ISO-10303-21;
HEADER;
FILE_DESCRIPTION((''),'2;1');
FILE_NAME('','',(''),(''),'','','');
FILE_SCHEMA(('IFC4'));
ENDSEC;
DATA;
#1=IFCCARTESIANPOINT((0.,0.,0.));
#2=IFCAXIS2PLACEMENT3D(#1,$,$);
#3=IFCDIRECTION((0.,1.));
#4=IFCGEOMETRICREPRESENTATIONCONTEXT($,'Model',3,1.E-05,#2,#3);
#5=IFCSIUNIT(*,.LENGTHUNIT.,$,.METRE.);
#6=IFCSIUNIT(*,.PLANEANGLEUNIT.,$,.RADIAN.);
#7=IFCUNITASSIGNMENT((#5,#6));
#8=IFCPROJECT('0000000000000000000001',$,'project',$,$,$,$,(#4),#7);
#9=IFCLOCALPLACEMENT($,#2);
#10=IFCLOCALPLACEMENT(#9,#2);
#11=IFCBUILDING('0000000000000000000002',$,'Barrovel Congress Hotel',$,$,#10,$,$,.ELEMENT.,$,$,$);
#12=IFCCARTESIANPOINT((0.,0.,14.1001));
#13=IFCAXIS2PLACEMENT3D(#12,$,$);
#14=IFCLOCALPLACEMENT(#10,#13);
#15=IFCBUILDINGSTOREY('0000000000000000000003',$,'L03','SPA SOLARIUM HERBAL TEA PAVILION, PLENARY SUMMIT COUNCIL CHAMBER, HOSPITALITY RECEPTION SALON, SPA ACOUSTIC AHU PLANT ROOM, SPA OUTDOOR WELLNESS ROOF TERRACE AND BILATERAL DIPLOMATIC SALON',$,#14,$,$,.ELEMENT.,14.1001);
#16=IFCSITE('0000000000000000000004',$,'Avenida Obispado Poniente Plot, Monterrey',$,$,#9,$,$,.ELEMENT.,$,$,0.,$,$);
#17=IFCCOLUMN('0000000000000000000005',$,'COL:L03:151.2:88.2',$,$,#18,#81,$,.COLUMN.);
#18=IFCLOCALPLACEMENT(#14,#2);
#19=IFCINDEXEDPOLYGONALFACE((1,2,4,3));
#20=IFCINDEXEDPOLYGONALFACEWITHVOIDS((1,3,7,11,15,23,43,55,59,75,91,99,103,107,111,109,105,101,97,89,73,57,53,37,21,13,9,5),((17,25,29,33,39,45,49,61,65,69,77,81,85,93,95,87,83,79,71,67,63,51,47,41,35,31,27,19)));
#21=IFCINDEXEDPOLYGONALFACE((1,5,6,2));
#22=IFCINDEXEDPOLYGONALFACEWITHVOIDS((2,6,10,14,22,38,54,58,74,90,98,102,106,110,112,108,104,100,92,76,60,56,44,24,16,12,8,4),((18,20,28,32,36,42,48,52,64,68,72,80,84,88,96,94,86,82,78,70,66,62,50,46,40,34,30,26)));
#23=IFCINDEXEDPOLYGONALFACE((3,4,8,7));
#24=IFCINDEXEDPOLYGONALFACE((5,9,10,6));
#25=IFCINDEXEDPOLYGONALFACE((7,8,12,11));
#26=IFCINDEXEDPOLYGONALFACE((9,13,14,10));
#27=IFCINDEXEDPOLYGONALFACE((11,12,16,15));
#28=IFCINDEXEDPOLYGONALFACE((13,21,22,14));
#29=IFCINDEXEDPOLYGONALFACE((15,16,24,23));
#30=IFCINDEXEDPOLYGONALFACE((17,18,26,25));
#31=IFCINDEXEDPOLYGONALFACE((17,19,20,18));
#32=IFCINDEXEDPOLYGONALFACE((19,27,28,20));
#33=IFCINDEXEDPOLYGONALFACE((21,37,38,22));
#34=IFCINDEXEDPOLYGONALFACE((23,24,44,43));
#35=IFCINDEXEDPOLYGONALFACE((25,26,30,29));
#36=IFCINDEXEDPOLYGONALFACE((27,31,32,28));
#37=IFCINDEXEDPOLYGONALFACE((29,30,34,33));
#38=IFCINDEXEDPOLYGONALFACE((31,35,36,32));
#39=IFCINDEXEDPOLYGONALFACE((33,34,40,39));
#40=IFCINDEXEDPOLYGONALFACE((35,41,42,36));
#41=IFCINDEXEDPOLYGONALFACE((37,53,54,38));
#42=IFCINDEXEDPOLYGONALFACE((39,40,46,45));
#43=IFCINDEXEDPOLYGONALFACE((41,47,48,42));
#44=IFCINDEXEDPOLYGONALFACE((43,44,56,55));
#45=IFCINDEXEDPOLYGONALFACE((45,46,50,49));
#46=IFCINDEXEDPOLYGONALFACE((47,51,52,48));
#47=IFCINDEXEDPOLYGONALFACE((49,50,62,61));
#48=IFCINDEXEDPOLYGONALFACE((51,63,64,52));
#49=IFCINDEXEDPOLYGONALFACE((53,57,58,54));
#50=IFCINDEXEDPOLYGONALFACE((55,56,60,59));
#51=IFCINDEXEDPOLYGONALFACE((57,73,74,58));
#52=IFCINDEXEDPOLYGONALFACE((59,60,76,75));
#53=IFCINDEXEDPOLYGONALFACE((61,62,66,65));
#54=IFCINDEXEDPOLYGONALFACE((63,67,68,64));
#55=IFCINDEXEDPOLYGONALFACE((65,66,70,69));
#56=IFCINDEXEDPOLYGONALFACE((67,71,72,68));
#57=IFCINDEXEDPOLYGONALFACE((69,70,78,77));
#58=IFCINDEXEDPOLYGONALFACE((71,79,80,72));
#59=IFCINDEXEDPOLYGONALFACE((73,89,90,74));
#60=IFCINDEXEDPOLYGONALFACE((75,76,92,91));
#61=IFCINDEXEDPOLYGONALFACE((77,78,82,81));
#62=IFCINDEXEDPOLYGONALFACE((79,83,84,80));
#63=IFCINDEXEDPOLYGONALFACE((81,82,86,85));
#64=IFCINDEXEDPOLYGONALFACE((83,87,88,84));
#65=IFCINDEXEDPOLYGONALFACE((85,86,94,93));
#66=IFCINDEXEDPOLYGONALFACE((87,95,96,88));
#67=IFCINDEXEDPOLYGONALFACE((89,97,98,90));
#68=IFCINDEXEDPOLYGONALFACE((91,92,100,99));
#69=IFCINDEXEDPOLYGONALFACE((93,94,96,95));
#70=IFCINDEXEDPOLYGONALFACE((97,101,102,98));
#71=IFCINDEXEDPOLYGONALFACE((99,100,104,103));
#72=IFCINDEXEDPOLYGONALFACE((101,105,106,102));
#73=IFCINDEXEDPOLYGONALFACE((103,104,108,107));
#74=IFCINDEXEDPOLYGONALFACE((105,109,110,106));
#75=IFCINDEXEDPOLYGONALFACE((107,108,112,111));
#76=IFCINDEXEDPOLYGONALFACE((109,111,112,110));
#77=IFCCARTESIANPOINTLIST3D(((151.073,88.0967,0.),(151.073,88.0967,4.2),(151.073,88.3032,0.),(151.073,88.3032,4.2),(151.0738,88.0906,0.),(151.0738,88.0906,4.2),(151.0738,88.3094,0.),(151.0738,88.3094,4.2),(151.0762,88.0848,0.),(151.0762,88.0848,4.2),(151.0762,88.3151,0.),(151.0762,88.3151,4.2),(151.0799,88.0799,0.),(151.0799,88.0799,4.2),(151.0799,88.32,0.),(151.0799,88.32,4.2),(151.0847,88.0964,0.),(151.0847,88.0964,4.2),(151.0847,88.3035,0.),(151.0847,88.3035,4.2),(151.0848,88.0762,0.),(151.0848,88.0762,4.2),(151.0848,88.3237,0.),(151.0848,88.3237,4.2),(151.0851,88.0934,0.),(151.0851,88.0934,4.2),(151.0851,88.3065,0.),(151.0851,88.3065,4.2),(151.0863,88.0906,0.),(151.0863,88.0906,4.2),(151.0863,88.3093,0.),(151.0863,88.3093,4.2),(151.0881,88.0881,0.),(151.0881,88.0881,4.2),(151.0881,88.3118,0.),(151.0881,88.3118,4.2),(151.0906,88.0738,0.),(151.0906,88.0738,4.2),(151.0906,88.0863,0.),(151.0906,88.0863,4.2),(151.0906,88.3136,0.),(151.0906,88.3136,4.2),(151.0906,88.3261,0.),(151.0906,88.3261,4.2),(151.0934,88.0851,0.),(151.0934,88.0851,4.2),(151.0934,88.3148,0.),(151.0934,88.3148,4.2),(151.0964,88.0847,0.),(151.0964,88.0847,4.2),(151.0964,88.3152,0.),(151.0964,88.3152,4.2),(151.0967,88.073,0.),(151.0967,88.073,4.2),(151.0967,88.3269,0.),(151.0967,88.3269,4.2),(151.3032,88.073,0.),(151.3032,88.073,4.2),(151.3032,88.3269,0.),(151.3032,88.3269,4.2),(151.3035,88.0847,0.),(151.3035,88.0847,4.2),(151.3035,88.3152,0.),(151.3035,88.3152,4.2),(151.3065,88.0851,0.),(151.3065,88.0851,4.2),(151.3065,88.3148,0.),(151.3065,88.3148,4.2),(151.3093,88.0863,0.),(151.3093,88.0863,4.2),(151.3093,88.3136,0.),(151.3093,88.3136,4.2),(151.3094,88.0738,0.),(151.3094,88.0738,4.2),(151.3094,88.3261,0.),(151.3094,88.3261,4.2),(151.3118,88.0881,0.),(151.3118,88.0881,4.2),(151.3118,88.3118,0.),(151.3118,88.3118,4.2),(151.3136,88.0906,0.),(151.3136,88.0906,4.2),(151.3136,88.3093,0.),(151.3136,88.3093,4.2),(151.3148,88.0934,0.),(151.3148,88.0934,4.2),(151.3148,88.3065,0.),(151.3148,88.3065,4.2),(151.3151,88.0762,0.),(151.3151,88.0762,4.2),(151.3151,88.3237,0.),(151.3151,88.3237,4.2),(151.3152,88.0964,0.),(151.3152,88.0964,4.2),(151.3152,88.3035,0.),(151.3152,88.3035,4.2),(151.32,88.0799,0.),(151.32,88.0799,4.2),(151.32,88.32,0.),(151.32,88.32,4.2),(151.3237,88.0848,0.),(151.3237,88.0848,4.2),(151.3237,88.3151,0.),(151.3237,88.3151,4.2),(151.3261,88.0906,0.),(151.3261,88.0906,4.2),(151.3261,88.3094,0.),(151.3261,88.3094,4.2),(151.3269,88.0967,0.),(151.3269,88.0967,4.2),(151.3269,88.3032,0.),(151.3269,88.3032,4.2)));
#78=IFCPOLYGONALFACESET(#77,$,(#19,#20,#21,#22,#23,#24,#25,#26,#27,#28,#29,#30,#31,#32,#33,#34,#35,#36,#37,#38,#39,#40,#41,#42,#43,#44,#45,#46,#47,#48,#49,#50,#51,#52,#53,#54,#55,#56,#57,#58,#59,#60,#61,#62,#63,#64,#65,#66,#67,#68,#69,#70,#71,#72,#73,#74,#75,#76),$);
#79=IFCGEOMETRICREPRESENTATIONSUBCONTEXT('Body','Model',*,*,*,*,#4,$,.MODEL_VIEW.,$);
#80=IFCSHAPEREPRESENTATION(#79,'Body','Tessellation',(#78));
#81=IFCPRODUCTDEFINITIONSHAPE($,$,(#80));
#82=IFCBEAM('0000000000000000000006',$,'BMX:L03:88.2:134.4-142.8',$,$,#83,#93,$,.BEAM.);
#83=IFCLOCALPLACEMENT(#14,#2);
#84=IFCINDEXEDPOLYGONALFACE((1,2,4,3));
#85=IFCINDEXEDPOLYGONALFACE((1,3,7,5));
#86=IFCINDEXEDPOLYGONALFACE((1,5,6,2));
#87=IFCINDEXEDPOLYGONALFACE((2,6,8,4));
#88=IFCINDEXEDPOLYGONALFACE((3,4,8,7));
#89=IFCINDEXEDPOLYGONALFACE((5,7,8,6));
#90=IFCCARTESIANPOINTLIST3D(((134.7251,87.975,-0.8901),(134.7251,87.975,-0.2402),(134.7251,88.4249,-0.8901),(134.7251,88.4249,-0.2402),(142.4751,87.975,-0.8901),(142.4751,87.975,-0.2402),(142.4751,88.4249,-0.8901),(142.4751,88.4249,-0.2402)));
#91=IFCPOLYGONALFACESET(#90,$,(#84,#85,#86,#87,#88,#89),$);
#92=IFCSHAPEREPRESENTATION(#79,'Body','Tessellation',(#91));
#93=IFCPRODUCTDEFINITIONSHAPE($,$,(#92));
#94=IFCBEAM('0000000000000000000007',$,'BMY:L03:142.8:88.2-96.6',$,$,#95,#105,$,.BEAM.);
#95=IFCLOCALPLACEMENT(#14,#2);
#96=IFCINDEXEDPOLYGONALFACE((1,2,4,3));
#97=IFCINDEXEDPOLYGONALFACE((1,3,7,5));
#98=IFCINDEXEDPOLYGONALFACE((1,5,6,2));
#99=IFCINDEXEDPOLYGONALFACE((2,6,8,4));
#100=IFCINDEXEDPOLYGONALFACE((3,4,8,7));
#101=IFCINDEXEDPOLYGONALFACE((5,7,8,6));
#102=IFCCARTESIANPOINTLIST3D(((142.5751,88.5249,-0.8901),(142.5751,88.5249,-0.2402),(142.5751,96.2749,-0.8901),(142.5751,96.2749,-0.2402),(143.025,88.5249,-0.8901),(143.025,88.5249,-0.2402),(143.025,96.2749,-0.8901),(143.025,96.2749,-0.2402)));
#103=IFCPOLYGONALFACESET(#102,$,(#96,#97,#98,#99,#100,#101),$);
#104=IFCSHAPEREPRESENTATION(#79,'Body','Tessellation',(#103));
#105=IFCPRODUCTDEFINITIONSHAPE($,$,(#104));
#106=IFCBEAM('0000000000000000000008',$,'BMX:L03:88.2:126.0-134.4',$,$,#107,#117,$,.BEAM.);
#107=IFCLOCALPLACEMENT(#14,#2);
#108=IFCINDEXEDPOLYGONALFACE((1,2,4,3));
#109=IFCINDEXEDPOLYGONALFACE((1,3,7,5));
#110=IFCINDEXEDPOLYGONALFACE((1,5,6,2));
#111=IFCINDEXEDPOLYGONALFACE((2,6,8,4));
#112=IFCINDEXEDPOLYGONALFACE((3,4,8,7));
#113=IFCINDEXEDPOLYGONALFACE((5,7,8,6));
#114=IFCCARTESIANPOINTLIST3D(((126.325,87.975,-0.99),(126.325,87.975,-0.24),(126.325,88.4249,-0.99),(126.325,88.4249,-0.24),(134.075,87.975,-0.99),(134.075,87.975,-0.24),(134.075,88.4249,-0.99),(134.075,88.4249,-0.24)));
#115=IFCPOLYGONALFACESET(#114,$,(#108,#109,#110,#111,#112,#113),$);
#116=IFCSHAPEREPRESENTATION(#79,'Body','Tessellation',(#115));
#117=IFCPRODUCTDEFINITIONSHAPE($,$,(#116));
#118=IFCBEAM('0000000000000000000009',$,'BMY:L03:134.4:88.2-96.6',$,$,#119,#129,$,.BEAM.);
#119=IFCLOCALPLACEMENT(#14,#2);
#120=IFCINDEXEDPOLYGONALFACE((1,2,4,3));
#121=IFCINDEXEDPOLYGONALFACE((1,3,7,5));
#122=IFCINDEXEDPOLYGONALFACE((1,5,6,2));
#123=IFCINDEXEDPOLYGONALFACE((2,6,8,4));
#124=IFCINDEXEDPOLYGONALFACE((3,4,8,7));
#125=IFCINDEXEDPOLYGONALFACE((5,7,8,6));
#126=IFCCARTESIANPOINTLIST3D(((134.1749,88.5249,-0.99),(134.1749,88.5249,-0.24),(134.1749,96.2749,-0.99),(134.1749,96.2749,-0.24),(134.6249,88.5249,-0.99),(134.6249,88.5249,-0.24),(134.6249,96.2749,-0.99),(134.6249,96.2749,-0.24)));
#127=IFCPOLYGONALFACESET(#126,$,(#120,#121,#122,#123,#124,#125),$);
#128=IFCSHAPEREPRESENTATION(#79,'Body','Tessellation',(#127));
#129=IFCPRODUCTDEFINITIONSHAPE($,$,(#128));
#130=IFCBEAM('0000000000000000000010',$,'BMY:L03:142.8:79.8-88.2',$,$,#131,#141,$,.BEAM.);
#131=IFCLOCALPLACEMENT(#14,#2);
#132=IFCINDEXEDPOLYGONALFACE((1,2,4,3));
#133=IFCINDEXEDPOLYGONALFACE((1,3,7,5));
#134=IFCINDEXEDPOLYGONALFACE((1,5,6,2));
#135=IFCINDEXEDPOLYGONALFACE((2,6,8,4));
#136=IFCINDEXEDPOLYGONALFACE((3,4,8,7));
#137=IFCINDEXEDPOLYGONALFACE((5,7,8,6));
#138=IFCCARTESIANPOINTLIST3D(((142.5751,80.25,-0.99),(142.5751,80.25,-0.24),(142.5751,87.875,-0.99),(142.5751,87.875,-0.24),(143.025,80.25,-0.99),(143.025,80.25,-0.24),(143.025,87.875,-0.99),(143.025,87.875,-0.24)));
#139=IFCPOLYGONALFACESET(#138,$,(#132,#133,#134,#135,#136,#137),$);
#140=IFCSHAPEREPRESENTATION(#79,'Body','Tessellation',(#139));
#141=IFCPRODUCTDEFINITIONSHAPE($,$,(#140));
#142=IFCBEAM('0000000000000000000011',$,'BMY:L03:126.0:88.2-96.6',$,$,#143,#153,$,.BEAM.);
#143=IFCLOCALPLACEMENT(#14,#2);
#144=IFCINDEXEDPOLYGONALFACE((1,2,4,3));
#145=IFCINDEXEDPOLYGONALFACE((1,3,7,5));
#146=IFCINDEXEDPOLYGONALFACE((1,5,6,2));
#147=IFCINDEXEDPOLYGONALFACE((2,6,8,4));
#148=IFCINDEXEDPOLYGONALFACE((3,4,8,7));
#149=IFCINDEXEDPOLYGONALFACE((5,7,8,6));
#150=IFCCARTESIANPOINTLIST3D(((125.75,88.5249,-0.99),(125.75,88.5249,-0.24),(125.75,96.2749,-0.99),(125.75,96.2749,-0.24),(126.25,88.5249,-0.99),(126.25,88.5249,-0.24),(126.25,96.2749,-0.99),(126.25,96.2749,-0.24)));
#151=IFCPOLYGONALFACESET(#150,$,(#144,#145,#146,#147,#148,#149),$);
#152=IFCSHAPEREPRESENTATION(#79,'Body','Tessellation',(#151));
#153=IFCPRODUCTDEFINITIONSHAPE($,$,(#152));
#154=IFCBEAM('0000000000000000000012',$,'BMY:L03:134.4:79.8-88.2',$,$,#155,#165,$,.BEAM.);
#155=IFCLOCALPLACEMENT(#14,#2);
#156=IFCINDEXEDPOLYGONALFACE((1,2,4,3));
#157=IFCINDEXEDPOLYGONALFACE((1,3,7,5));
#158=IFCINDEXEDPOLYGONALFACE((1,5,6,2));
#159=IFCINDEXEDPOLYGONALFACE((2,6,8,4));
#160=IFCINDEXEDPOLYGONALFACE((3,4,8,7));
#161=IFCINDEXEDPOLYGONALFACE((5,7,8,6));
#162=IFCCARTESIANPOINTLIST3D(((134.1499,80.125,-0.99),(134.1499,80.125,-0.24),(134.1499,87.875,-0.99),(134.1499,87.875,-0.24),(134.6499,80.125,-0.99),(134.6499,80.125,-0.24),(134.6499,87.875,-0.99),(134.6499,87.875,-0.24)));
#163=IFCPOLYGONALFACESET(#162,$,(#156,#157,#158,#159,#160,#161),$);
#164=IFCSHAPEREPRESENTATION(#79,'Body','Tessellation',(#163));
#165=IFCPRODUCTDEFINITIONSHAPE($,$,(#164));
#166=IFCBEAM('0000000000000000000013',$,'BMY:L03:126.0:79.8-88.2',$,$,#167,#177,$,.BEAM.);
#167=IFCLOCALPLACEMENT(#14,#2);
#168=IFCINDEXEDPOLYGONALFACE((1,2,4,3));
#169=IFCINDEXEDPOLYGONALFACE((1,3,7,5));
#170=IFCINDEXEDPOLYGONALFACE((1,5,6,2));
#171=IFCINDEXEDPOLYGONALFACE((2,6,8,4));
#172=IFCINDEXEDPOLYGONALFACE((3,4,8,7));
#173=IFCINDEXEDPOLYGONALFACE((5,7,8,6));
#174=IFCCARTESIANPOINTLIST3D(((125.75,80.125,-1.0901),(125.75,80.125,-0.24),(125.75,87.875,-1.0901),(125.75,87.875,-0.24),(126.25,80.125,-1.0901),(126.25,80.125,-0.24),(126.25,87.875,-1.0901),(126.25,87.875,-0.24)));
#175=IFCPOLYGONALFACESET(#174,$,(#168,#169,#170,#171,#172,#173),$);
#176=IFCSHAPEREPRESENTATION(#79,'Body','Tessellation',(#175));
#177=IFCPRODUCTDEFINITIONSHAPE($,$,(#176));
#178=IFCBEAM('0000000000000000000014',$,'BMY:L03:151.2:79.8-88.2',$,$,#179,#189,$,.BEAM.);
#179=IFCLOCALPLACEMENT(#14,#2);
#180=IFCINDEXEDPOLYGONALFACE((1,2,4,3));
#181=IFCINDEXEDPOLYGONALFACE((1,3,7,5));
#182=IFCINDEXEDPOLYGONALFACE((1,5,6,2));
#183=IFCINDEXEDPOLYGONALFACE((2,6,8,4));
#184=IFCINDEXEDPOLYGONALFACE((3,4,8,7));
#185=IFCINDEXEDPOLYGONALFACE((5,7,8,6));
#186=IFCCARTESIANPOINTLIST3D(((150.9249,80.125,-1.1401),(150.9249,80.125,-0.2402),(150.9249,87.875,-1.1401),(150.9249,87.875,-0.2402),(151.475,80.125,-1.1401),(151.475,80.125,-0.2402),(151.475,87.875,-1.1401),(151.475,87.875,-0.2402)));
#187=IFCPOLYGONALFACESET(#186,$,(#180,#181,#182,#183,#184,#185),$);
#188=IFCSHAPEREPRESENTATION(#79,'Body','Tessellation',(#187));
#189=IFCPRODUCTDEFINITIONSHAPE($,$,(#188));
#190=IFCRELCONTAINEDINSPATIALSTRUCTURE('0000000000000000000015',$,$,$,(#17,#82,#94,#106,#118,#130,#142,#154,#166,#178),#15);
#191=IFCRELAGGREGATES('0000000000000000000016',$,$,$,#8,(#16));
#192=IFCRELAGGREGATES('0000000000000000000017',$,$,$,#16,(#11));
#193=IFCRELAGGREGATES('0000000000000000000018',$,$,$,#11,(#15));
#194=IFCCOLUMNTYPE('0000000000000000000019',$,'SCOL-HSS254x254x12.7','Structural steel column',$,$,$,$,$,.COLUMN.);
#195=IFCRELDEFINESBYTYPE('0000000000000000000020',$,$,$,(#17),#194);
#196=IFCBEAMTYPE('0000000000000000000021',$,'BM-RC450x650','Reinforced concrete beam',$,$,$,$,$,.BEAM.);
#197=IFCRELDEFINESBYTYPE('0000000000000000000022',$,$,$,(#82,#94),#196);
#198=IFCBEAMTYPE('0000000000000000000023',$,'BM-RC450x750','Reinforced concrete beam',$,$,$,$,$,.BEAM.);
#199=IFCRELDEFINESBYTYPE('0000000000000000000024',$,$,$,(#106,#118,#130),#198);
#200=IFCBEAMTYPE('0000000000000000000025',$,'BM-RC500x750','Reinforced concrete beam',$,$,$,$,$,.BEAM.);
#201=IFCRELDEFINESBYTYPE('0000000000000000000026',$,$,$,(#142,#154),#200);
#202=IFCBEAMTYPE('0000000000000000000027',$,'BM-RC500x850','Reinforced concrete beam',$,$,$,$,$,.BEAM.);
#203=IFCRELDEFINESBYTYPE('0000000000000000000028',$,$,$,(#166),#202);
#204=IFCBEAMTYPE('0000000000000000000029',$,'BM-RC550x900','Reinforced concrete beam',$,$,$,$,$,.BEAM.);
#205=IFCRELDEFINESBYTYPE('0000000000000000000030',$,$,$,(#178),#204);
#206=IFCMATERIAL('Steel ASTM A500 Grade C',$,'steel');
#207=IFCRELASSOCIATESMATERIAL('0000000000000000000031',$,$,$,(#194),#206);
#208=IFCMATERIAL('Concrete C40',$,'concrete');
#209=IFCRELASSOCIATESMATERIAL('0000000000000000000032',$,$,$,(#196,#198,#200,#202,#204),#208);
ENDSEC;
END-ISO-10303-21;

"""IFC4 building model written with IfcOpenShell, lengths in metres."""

from ifc_helpers import new_model, si_unit, direction, frame, origin, origin_2d, place, context, subcontext, project, spatial, rectangle, hollow_rectangle, extrude, material, material_profile, profile_set, type_object, element, save


model = new_model("IFC4")

# Units and contexts
model_context = context("Model", 3, precision=1e-05, world=origin(), true_north=direction((0.0, 1.0)))
body_context = subcontext(model_context, "Body", "Model", "MODEL_VIEW")
ifc_project = project(units=[si_unit("LENGTHUNIT", "METRE"), si_unit("PLANEANGLEUNIT", "RADIAN")], contexts=[model_context])

# Site, building, storey
site_placement = place(None, origin())
site = spatial("IfcSite", under=ifc_project, at=site_placement, Name="Avenida Obispado Poniente Plot, Monterrey", CompositionType="ELEMENT", RefElevation=0.0)
building_placement = place(site_placement, origin())
building = spatial("IfcBuilding", under=site, at=building_placement, Name="Barrovel Congress Hotel", CompositionType="ELEMENT")
storey_placement = place(building_placement, frame((0.0, 0.0, 14.1001)))
storey = spatial("IfcBuildingStorey", under=building, at=storey_placement, Name="L03", Description="SPA SOLARIUM HERBAL TEA PAVILION, PLENARY SUMMIT COUNCIL CHAMBER, HOSPITALITY RECEPTION SALON, SPA ACOUSTIC AHU PLANT ROOM, SPA OUTDOOR WELLNESS ROOF TERRACE AND BILATERAL DIPLOMATIC SALON", CompositionType="ELEMENT", Elevation=14.1001)

# Column
ifc_material_1 = material(Name="Concrete C40", Category="concrete")
ifc_material_2 = material(Name="Steel ASTM A500 Grade C", Category="steel")
ifc_material_profile_1 = material_profile(ifc_material_2, hollow_rectangle(XDim=0.2539, YDim=0.2539, WallThickness=0.0117, InnerFilletRadius=0.0117, OuterFilletRadius=0.0237, at=origin_2d()), Name="HSS254x254x12.7")
ifc_profile_set_1 = profile_set([ifc_material_profile_1], Name="Steel ASTM A500 Grade C")
column_type_1 = type_object("IfcColumnType", Name="SCOL-HSS254x254x12.7", Description="Structural steel column", PredefinedType="COLUMN", material=ifc_profile_set_1)
for number, where, z_axis, x_axis, name in (
    (1, (151.2, 88.2, 0.0), (0.0, 0.0, 1.0), (1.0, 0.0, 0.0), "COL:L03:151.2:88.2"),
):
    element("IfcColumn", number, at=place(storey_placement, frame(where, z_axis=z_axis, x_axis=x_axis)), inside=storey, type_object=column_type_1, Name=name, PredefinedType="COLUMN", context=body_context, shape_type="SweptSolid", body=[
        extrude(hollow_rectangle(XDim=0.2539, YDim=0.2539, WallThickness=0.0117, InnerFilletRadius=0.0117, OuterFilletRadius=0.0237, at=origin_2d()), origin(), (0.0, 0.0, 1.0), 4.2),
    ])

# Beams
ifc_material_profile_2 = material_profile(ifc_material_1, rectangle(XDim=0.45, YDim=0.6499, at=origin_2d()), Name="RC450x650")
ifc_profile_set_2 = profile_set([ifc_material_profile_2], Name="Concrete C40")
beam_type_1 = type_object("IfcBeamType", Name="BM-RC450x650", Description="Reinforced concrete beam", PredefinedType="BEAM", material=ifc_profile_set_2)
for number, where, z_axis, x_axis, name in (
    (2, (134.7251, 88.2, -0.5652), (1.0, 0.0, 0.0), (0.0, 1.0, 0.0), "BMX:L03:88.2:134.4-142.8"),
    (3, (142.8, 88.5249, -0.5652), (0.0, 1.0, 0.0), (-1.0, 0.0, 0.0), "BMY:L03:142.8:88.2-96.6"),
):
    element("IfcBeam", number, at=place(storey_placement, frame(where, z_axis=z_axis, x_axis=x_axis)), inside=storey, type_object=beam_type_1, Name=name, PredefinedType="BEAM", context=body_context, shape_type="SweptSolid", body=[
        extrude(rectangle(XDim=0.45, YDim=0.6499, at=origin_2d()), origin(), (0.0, 0.0, 1.0), 7.75),
    ])
ifc_material_profile_3 = material_profile(ifc_material_1, rectangle(XDim=0.45, YDim=0.75, at=origin_2d()), Name="RC450x750")
ifc_profile_set_3 = profile_set([ifc_material_profile_3], Name="Concrete C40")
beam_type_2 = type_object("IfcBeamType", Name="BM-RC450x750", Description="Reinforced concrete beam", PredefinedType="BEAM", material=ifc_profile_set_3)
for number, where, z_axis, x_axis, name in (
    (4, (126.325, 88.2, -0.615), (1.0, 0.0, 0.0), (0.0, 1.0, 0.0), "BMX:L03:88.2:126.0-134.4"),
    (5, (134.3999, 88.5249, -0.615), (0.0, 1.0, 0.0), (-1.0, 0.0, 0.0), "BMY:L03:134.4:88.2-96.6"),
):
    element("IfcBeam", number, at=place(storey_placement, frame(where, z_axis=z_axis, x_axis=x_axis)), inside=storey, type_object=beam_type_2, Name=name, PredefinedType="BEAM", context=body_context, shape_type="SweptSolid", body=[
        extrude(rectangle(XDim=0.45, YDim=0.75, at=origin_2d()), origin(), (0.0, 0.0, 1.0), 7.75),
    ])
beam_1_placement = place(storey_placement, frame((142.8, 80.25, -0.615), z_axis=(0.0, 1.0, 0.0), x_axis=(-1.0, 0.0, 0.0)))
element("IfcBeam", 6, at=beam_1_placement, inside=storey, type_object=beam_type_2, Name="BMY:L03:142.8:79.8-88.2", PredefinedType="BEAM", context=body_context, shape_type="SweptSolid", body=[
    extrude(rectangle(XDim=0.45, YDim=0.75, at=origin_2d()), origin(), (0.0, 0.0, 1.0), 7.625),
])
ifc_material_profile_4 = material_profile(ifc_material_1, rectangle(XDim=0.5, YDim=0.75, at=origin_2d()), Name="RC500x750")
ifc_profile_set_4 = profile_set([ifc_material_profile_4], Name="Concrete C40")
beam_type_3 = type_object("IfcBeamType", Name="BM-RC500x750", Description="Reinforced concrete beam", PredefinedType="BEAM", material=ifc_profile_set_4)
for number, where, z_axis, x_axis, name in (
    (7, (126.0, 88.5249, -0.615), (0.0, 1.0, 0.0), (-1.0, 0.0, 0.0), "BMY:L03:126.0:88.2-96.6"),
    (8, (134.3999, 80.125, -0.615), (0.0, 1.0, 0.0), (-1.0, 0.0, 0.0), "BMY:L03:134.4:79.8-88.2"),
):
    element("IfcBeam", number, at=place(storey_placement, frame(where, z_axis=z_axis, x_axis=x_axis)), inside=storey, type_object=beam_type_3, Name=name, PredefinedType="BEAM", context=body_context, shape_type="SweptSolid", body=[
        extrude(rectangle(XDim=0.5, YDim=0.75, at=origin_2d()), origin(), (0.0, 0.0, 1.0), 7.75),
    ])
ifc_material_profile_5 = material_profile(ifc_material_1, rectangle(XDim=0.5, YDim=0.8501, at=origin_2d()), Name="RC500x850")
ifc_profile_set_5 = profile_set([ifc_material_profile_5], Name="Concrete C40")
beam_type_4 = type_object("IfcBeamType", Name="BM-RC500x850", Description="Reinforced concrete beam", PredefinedType="BEAM", material=ifc_profile_set_5)
beam_2_placement = place(storey_placement, frame((126.0, 80.125, -0.665), z_axis=(0.0, 1.0, 0.0), x_axis=(-1.0, 0.0, 0.0)))
element("IfcBeam", 9, at=beam_2_placement, inside=storey, type_object=beam_type_4, Name="BMY:L03:126.0:79.8-88.2", PredefinedType="BEAM", context=body_context, shape_type="SweptSolid", body=[
    extrude(rectangle(XDim=0.5, YDim=0.8501, at=origin_2d()), origin(), (0.0, 0.0, 1.0), 7.75),
])
ifc_material_profile_6 = material_profile(ifc_material_1, rectangle(XDim=0.55, YDim=0.8999, at=origin_2d()), Name="RC550x900")
ifc_profile_set_6 = profile_set([ifc_material_profile_6], Name="Concrete C40")
beam_type_5 = type_object("IfcBeamType", Name="BM-RC550x900", Description="Reinforced concrete beam", PredefinedType="BEAM", material=ifc_profile_set_6)
beam_3_placement = place(storey_placement, frame((151.2, 80.125, -0.6902), z_axis=(0.0, 1.0, 0.0), x_axis=(-1.0, 0.0, 0.0)))
element("IfcBeam", 10, at=beam_3_placement, inside=storey, type_object=beam_type_5, Name="BMY:L03:151.2:79.8-88.2", PredefinedType="BEAM", context=body_context, shape_type="SweptSolid", body=[
    extrude(rectangle(XDim=0.55, YDim=0.8999, at=origin_2d()), origin(), (0.0, 0.0, 1.0), 7.75),
])

save(model, "model.ifc")
